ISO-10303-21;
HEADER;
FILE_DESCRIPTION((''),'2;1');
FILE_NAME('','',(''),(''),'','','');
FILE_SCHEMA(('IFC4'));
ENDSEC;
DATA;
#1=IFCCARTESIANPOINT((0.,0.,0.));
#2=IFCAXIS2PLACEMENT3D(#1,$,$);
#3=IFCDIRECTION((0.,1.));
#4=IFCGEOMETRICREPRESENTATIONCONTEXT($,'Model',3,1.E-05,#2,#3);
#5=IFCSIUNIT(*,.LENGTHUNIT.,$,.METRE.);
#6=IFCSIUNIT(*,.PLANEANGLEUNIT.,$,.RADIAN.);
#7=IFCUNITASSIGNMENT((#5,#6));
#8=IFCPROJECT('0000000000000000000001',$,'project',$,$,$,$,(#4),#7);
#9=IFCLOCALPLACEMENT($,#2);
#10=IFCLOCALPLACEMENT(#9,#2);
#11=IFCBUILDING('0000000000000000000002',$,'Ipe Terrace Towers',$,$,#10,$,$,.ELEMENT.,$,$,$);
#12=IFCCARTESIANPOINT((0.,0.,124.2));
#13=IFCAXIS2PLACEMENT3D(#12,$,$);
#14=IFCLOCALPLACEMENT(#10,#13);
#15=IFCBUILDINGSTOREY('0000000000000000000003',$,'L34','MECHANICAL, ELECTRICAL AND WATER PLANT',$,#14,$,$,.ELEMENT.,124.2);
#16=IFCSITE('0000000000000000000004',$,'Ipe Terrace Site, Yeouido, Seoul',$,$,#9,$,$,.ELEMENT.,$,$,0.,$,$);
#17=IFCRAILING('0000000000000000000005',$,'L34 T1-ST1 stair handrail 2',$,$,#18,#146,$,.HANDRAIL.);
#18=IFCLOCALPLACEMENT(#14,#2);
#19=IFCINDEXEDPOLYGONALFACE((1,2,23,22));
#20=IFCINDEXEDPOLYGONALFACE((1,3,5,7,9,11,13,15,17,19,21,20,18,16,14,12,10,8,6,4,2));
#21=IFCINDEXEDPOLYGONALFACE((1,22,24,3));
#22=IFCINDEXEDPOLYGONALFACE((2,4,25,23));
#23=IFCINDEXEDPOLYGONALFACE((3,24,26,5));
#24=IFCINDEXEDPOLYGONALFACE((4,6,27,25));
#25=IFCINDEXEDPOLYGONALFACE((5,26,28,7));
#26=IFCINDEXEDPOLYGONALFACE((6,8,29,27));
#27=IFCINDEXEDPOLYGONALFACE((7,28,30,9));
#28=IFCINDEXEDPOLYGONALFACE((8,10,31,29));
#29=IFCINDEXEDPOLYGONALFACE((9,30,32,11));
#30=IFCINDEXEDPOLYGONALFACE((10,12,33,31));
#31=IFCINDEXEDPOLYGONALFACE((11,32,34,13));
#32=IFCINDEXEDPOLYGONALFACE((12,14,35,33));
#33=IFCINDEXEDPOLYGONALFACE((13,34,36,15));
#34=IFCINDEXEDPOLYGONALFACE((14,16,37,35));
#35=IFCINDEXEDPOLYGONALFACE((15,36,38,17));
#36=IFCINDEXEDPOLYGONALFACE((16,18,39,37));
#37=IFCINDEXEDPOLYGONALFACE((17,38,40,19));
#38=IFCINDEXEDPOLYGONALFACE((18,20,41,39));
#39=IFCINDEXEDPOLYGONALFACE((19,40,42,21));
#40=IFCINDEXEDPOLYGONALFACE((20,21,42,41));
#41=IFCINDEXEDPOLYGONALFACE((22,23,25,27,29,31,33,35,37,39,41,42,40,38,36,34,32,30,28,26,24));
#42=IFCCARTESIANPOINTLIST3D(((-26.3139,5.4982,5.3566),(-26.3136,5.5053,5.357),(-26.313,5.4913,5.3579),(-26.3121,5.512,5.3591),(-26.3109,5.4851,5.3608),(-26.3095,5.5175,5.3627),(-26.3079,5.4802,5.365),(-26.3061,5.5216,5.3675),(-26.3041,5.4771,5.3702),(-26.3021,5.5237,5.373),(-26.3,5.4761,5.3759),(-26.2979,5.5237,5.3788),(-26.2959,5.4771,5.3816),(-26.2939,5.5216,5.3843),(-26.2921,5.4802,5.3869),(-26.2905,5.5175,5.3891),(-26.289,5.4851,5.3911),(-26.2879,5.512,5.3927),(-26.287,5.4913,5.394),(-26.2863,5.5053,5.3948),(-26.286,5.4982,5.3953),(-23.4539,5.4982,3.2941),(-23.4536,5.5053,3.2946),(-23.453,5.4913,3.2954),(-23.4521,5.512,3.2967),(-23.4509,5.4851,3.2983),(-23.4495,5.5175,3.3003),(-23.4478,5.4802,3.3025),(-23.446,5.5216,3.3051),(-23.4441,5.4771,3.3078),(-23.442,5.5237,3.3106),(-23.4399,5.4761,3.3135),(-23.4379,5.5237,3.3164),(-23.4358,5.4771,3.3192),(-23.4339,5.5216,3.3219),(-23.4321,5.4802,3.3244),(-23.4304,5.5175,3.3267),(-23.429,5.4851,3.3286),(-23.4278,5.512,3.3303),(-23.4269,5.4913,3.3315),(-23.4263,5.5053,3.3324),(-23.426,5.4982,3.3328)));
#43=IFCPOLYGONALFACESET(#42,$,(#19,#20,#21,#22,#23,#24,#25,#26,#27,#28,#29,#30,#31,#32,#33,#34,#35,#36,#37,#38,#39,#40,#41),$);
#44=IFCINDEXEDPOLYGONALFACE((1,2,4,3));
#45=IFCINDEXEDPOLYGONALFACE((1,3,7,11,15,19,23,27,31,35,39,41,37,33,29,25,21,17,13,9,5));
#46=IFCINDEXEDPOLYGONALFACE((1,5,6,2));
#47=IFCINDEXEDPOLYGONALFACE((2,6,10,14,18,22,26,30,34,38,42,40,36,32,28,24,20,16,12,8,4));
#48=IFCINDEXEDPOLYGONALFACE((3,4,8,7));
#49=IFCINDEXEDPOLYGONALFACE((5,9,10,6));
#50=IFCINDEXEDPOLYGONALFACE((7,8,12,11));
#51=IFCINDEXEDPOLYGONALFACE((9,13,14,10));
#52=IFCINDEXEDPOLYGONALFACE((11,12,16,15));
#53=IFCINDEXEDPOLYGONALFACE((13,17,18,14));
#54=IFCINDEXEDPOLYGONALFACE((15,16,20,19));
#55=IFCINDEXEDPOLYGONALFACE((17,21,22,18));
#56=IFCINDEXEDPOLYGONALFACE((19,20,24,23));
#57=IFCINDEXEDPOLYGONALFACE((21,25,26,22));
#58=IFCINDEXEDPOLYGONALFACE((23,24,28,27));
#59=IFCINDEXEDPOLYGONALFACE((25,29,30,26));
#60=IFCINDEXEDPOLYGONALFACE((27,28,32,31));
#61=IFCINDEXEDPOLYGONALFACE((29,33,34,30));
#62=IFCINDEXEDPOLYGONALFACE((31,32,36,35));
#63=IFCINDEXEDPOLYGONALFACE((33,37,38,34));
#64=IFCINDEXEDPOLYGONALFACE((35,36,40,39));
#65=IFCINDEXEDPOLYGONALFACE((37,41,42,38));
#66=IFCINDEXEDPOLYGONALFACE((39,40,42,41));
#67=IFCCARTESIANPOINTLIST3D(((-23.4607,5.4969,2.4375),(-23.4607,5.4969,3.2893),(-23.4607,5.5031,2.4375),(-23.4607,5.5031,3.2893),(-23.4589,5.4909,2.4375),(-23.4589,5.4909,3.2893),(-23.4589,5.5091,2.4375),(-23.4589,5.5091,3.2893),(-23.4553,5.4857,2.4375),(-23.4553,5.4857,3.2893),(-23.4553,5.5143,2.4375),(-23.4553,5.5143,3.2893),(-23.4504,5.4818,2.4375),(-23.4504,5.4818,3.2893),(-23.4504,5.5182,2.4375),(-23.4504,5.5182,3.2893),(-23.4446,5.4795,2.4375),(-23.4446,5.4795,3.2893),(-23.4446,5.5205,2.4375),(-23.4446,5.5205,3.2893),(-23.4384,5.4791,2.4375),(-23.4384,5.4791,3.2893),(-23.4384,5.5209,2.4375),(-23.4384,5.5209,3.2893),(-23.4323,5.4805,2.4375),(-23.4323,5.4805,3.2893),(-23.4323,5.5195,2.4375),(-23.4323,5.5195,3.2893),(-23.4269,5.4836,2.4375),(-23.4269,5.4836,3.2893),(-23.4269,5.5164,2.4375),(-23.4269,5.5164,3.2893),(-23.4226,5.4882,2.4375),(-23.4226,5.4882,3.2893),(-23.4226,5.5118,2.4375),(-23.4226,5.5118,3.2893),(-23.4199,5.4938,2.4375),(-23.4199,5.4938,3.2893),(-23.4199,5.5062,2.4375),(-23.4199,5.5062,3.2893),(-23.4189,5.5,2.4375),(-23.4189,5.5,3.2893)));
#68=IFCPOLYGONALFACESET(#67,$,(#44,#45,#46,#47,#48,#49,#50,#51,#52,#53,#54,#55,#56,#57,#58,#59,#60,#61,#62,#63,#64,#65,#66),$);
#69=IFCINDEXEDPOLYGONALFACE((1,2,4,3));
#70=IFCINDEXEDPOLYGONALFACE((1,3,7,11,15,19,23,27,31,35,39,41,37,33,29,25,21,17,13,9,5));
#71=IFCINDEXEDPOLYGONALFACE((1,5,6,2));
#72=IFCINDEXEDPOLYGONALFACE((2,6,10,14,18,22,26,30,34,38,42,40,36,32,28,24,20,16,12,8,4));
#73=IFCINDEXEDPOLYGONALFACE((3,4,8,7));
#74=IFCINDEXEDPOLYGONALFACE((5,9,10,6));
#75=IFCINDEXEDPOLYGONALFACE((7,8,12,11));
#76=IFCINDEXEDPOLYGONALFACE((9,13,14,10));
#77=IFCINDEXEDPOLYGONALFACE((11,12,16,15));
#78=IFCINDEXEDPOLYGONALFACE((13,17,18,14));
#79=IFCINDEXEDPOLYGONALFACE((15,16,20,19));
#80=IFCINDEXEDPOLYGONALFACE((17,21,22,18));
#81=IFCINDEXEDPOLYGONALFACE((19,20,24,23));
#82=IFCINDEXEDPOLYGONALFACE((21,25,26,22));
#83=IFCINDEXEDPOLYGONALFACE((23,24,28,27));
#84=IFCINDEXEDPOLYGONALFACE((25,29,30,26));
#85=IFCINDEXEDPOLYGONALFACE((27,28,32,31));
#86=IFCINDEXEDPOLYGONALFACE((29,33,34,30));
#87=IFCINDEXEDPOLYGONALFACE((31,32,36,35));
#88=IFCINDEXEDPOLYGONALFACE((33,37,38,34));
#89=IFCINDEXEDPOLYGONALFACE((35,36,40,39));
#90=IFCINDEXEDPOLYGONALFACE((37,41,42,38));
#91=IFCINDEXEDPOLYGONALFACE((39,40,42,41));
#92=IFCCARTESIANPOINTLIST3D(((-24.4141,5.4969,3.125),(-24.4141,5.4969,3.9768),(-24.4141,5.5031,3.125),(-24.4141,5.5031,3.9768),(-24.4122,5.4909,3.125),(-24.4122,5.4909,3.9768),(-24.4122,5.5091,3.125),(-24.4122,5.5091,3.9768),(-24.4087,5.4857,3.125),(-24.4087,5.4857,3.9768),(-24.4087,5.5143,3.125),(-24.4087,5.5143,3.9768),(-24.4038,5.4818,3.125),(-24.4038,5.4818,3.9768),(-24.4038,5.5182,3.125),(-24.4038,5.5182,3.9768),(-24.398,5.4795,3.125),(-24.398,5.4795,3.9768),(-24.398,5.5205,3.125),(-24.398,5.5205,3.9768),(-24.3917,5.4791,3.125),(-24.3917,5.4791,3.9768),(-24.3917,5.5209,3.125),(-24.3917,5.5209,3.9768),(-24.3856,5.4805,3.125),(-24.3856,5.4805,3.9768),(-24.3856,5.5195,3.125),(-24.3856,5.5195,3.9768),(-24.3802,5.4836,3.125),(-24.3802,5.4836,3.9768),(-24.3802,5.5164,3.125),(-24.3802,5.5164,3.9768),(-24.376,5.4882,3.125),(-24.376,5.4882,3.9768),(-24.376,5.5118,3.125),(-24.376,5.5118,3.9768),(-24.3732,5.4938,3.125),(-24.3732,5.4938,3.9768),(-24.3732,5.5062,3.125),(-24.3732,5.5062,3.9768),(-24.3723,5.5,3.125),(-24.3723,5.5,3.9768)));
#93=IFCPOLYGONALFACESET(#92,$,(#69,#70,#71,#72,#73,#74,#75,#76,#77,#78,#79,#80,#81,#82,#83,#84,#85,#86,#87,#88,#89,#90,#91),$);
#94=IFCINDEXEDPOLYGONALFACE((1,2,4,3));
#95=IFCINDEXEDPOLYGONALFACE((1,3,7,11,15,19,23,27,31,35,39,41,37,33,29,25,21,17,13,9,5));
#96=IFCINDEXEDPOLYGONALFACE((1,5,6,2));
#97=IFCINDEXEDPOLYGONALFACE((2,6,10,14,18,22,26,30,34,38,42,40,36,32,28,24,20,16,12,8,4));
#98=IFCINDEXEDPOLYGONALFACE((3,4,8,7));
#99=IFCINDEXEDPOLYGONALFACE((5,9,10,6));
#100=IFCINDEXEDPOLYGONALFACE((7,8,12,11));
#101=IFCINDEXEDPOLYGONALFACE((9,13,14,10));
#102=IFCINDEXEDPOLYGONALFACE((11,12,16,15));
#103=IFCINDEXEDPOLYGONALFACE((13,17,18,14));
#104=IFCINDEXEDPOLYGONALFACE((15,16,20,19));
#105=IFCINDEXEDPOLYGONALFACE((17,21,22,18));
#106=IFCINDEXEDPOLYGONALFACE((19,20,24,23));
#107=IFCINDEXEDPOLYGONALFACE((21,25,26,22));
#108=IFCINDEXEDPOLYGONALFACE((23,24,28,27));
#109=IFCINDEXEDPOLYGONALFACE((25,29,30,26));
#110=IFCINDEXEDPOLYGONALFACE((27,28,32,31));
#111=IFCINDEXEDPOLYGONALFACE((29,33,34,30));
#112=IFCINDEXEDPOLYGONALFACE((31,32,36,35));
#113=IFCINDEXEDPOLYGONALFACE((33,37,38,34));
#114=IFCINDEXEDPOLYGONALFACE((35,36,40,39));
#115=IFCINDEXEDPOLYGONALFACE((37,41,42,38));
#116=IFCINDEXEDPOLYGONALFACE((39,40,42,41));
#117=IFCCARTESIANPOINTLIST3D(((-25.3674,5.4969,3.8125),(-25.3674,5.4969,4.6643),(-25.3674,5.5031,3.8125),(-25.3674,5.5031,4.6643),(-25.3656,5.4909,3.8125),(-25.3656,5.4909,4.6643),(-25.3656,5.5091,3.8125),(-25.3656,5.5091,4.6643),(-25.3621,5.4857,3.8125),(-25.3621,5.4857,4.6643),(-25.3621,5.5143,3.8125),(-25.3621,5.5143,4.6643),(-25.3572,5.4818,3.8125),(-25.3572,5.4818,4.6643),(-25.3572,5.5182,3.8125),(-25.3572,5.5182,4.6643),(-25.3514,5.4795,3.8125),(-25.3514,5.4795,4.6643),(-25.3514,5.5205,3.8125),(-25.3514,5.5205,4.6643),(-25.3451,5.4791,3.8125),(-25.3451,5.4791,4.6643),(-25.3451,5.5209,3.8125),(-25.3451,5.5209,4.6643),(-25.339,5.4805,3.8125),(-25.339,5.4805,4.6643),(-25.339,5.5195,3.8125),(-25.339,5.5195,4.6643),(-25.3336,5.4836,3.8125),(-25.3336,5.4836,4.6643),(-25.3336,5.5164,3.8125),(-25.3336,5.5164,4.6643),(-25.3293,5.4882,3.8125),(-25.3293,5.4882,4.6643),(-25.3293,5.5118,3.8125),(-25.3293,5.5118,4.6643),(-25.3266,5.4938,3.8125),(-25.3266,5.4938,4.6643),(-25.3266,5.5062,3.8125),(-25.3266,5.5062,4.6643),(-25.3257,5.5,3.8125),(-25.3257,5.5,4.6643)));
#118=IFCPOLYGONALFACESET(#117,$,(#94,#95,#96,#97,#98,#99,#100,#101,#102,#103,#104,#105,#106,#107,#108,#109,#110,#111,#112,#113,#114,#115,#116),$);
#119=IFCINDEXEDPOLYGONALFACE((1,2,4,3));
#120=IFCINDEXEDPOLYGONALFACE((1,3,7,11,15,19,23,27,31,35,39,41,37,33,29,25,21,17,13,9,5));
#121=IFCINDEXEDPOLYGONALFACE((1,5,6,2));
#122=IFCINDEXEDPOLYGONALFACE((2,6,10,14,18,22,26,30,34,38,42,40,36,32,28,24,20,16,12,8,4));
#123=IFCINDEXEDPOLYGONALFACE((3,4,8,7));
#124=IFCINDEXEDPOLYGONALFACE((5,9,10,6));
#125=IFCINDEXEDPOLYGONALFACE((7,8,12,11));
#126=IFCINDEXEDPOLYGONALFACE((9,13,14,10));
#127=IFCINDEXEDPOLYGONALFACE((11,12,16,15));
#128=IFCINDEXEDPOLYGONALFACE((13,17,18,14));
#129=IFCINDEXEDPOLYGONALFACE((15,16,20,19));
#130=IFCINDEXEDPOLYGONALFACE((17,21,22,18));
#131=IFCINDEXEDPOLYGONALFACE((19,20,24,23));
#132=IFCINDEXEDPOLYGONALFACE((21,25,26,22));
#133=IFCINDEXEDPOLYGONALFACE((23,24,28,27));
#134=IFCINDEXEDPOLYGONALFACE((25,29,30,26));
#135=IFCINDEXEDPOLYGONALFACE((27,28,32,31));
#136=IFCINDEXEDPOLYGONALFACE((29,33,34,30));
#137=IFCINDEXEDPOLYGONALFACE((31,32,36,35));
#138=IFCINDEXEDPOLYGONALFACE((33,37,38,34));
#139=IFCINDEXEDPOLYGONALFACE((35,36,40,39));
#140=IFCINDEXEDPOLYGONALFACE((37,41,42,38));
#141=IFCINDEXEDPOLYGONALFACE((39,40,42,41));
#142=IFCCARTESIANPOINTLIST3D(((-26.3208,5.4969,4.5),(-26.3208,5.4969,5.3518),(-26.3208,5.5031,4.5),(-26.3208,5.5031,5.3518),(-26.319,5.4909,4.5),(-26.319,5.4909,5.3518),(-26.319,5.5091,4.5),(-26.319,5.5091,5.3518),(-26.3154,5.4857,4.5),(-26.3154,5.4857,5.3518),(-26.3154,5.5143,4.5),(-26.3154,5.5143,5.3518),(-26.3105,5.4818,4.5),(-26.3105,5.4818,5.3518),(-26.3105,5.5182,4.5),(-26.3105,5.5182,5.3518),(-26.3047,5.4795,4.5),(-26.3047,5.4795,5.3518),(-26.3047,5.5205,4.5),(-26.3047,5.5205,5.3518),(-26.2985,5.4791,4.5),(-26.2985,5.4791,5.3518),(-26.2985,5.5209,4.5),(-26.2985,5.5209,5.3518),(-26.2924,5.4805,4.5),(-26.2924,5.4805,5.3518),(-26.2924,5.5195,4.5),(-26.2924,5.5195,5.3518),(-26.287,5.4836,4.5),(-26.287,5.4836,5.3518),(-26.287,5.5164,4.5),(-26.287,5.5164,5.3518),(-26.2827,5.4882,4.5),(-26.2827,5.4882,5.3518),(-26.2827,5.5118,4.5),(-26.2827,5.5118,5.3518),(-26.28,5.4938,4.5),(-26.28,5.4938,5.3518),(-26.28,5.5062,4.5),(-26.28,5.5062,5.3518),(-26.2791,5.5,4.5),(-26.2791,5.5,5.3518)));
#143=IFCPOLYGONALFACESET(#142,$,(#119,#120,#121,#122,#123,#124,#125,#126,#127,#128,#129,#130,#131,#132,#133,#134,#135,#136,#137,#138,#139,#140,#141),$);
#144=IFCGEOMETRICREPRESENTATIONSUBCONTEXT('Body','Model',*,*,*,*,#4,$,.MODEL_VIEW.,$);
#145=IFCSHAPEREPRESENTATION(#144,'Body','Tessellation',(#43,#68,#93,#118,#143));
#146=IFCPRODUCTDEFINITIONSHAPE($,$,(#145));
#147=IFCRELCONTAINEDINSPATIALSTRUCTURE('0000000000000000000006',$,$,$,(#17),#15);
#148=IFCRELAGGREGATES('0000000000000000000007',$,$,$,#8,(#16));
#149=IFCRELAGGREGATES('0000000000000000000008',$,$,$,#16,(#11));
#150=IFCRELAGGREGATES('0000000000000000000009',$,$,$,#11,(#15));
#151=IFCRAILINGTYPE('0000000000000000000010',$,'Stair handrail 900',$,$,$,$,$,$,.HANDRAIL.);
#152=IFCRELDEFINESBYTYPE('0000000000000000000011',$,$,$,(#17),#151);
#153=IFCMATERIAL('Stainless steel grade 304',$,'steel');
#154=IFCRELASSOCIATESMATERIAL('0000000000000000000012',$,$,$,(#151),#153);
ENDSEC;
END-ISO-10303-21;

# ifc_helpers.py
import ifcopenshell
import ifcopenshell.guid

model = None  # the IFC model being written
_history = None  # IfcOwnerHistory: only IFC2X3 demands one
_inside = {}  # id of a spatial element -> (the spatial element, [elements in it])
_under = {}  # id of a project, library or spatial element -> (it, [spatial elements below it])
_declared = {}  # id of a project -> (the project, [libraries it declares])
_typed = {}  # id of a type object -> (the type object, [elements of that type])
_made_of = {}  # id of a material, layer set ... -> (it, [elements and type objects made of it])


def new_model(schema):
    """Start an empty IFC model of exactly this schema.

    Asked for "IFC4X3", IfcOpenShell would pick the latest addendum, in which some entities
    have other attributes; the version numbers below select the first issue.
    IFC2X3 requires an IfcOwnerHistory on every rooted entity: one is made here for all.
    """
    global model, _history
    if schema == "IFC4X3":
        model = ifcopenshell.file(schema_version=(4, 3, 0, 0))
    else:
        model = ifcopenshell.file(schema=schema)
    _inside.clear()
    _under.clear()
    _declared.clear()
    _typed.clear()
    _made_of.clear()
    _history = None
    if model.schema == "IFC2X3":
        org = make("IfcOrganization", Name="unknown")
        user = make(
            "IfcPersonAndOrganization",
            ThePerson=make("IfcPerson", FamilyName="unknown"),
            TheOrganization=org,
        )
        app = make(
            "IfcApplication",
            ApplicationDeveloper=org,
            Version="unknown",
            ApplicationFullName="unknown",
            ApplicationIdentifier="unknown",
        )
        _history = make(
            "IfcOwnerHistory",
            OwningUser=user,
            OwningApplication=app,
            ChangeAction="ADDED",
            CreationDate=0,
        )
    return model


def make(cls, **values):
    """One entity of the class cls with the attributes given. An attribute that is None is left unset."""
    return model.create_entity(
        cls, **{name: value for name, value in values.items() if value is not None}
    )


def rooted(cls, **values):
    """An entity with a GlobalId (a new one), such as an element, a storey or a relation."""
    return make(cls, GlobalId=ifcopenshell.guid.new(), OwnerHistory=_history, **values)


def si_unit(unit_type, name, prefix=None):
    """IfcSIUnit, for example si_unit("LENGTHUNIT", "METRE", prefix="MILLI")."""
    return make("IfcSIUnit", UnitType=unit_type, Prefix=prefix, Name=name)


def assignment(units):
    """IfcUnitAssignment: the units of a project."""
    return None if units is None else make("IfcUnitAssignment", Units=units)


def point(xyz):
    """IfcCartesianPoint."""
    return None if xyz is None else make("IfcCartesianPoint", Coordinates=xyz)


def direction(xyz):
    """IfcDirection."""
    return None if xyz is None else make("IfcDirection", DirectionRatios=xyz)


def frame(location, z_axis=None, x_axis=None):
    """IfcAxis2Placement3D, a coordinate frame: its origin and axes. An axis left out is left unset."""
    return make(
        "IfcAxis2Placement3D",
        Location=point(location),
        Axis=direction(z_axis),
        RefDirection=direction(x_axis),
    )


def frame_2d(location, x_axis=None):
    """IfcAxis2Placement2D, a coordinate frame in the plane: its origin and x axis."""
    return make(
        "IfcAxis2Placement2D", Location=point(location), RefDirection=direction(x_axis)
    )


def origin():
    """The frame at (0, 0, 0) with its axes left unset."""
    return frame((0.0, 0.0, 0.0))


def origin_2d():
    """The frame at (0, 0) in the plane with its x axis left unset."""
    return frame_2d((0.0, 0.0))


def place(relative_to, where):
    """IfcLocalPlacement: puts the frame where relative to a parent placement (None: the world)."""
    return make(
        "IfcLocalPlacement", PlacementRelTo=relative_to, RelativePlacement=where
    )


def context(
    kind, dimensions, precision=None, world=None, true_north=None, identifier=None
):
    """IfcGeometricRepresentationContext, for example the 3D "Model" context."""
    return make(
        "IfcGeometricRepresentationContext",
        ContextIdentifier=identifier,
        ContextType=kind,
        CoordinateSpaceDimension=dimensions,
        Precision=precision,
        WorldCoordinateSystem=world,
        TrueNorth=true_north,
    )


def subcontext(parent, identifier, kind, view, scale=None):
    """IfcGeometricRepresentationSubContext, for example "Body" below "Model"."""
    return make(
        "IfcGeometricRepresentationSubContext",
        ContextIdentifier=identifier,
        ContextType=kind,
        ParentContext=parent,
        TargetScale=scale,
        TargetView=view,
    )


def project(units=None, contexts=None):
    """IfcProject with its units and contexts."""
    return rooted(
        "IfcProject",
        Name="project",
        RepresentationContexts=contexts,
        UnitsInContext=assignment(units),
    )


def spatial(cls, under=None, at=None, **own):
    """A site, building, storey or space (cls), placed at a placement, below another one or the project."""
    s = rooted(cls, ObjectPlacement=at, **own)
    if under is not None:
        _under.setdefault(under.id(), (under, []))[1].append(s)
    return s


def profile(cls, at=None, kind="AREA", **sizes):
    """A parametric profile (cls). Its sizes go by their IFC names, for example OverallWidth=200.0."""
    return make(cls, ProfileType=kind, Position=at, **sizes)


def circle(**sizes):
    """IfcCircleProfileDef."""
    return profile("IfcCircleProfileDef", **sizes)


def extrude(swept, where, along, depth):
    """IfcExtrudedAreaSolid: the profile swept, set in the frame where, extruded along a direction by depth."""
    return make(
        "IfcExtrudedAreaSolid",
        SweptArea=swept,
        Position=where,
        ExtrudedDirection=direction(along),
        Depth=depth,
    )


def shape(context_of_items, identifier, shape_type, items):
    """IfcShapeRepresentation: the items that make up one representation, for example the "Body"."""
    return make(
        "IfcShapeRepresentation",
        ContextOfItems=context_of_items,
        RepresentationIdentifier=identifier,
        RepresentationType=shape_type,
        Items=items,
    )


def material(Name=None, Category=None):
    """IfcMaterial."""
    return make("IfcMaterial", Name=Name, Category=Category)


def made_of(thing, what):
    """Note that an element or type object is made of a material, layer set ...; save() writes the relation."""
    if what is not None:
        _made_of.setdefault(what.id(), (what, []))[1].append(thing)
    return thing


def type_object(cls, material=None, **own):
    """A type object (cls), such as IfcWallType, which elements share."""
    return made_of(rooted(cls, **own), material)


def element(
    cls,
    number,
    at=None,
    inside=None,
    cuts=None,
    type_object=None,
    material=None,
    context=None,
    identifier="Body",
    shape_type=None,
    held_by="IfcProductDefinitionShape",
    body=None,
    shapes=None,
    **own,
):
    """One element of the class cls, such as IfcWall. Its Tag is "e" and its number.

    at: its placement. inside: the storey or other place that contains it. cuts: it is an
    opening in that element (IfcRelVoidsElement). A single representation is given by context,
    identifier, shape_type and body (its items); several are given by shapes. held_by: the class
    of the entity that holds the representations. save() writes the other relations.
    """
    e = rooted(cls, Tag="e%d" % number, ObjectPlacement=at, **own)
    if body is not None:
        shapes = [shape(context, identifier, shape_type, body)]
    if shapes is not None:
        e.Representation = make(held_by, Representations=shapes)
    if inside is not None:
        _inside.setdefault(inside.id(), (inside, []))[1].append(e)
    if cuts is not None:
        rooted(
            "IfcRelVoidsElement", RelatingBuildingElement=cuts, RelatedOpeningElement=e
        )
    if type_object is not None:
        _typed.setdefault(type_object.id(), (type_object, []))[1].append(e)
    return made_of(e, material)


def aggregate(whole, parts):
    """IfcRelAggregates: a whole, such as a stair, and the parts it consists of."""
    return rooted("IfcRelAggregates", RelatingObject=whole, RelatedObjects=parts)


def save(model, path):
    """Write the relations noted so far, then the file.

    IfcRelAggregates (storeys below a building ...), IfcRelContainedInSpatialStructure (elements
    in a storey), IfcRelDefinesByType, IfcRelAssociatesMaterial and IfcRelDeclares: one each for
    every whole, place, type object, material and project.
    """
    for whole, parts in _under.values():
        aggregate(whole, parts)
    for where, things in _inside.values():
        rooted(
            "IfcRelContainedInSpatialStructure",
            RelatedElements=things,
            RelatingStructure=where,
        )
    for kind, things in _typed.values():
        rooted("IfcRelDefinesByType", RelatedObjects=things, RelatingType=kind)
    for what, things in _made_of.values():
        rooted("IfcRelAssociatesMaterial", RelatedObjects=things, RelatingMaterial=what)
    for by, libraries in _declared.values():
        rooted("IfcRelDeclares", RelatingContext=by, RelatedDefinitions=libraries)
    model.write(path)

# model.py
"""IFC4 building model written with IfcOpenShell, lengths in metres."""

from ifc_helpers import new_model, si_unit, direction, frame, origin, origin_2d, place, context, subcontext, project, spatial, circle, extrude, material, type_object, element, save


model = new_model("IFC4")

# Units and contexts
model_context = context("Model", 3, precision=1e-05, world=origin(), true_north=direction((0.0, 1.0)))
body_context = subcontext(model_context, "Body", "Model", "MODEL_VIEW")
ifc_project = project(units=[si_unit("LENGTHUNIT", "METRE"), si_unit("PLANEANGLEUNIT", "RADIAN")], contexts=[model_context])

# Site, building, storey
site_placement = place(None, origin())
site = spatial("IfcSite", under=ifc_project, at=site_placement, Name="Ipe Terrace Site, Yeouido, Seoul", CompositionType="ELEMENT", RefElevation=0.0)
building_placement = place(site_placement, origin())
building = spatial("IfcBuilding", under=site, at=building_placement, Name="Ipe Terrace Towers", CompositionType="ELEMENT")
storey_placement = place(building_placement, frame((0.0, 0.0, 124.2)))
storey = spatial("IfcBuildingStorey", under=building, at=storey_placement, Name="L34", Description="MECHANICAL, ELECTRICAL AND WATER PLANT", CompositionType="ELEMENT", Elevation=124.2)

# Railing
ifc_material_1 = material(Name="Stainless steel grade 304", Category="steel")
railing_type_1 = type_object("IfcRailingType", Name="Stair handrail 900", PredefinedType="HANDRAIL", material=ifc_material_1)
railing_1_placement = place(storey_placement, frame((-23.4399, 5.5, 2.4375)))
element("IfcRailing", 1, at=railing_1_placement, inside=storey, type_object=railing_type_1, Name="L34 T1-ST1 stair handrail 2", PredefinedType="HANDRAIL", context=body_context, shape_type="SweptSolid", body=[
    extrude(circle(Radius=0.0239, at=origin_2d()), frame((0.0, 0.0, 0.876), z_axis=(-0.811101, 0.0, 0.584906), x_axis=(0.0, -1.0, 0.0)), (0.0, 0.0, 1.0), 3.5261),
    extrude(circle(Radius=0.021, at=origin_2d()), origin(), (0.0, 0.0, 1.0), 0.8518),
    extrude(circle(Radius=0.021, at=origin_2d()), frame((-0.9534, 0.0, 0.6875)), (0.0, 0.0, 1.0), 0.8518),
    extrude(circle(Radius=0.021, at=origin_2d()), frame((-1.9067, 0.0, 1.375)), (0.0, 0.0, 1.0), 0.8518),
    extrude(circle(Radius=0.021, at=origin_2d()), frame((-2.8601, 0.0, 2.0625)), (0.0, 0.0, 1.0), 0.8518),
])

save(model, "model.ifc")
